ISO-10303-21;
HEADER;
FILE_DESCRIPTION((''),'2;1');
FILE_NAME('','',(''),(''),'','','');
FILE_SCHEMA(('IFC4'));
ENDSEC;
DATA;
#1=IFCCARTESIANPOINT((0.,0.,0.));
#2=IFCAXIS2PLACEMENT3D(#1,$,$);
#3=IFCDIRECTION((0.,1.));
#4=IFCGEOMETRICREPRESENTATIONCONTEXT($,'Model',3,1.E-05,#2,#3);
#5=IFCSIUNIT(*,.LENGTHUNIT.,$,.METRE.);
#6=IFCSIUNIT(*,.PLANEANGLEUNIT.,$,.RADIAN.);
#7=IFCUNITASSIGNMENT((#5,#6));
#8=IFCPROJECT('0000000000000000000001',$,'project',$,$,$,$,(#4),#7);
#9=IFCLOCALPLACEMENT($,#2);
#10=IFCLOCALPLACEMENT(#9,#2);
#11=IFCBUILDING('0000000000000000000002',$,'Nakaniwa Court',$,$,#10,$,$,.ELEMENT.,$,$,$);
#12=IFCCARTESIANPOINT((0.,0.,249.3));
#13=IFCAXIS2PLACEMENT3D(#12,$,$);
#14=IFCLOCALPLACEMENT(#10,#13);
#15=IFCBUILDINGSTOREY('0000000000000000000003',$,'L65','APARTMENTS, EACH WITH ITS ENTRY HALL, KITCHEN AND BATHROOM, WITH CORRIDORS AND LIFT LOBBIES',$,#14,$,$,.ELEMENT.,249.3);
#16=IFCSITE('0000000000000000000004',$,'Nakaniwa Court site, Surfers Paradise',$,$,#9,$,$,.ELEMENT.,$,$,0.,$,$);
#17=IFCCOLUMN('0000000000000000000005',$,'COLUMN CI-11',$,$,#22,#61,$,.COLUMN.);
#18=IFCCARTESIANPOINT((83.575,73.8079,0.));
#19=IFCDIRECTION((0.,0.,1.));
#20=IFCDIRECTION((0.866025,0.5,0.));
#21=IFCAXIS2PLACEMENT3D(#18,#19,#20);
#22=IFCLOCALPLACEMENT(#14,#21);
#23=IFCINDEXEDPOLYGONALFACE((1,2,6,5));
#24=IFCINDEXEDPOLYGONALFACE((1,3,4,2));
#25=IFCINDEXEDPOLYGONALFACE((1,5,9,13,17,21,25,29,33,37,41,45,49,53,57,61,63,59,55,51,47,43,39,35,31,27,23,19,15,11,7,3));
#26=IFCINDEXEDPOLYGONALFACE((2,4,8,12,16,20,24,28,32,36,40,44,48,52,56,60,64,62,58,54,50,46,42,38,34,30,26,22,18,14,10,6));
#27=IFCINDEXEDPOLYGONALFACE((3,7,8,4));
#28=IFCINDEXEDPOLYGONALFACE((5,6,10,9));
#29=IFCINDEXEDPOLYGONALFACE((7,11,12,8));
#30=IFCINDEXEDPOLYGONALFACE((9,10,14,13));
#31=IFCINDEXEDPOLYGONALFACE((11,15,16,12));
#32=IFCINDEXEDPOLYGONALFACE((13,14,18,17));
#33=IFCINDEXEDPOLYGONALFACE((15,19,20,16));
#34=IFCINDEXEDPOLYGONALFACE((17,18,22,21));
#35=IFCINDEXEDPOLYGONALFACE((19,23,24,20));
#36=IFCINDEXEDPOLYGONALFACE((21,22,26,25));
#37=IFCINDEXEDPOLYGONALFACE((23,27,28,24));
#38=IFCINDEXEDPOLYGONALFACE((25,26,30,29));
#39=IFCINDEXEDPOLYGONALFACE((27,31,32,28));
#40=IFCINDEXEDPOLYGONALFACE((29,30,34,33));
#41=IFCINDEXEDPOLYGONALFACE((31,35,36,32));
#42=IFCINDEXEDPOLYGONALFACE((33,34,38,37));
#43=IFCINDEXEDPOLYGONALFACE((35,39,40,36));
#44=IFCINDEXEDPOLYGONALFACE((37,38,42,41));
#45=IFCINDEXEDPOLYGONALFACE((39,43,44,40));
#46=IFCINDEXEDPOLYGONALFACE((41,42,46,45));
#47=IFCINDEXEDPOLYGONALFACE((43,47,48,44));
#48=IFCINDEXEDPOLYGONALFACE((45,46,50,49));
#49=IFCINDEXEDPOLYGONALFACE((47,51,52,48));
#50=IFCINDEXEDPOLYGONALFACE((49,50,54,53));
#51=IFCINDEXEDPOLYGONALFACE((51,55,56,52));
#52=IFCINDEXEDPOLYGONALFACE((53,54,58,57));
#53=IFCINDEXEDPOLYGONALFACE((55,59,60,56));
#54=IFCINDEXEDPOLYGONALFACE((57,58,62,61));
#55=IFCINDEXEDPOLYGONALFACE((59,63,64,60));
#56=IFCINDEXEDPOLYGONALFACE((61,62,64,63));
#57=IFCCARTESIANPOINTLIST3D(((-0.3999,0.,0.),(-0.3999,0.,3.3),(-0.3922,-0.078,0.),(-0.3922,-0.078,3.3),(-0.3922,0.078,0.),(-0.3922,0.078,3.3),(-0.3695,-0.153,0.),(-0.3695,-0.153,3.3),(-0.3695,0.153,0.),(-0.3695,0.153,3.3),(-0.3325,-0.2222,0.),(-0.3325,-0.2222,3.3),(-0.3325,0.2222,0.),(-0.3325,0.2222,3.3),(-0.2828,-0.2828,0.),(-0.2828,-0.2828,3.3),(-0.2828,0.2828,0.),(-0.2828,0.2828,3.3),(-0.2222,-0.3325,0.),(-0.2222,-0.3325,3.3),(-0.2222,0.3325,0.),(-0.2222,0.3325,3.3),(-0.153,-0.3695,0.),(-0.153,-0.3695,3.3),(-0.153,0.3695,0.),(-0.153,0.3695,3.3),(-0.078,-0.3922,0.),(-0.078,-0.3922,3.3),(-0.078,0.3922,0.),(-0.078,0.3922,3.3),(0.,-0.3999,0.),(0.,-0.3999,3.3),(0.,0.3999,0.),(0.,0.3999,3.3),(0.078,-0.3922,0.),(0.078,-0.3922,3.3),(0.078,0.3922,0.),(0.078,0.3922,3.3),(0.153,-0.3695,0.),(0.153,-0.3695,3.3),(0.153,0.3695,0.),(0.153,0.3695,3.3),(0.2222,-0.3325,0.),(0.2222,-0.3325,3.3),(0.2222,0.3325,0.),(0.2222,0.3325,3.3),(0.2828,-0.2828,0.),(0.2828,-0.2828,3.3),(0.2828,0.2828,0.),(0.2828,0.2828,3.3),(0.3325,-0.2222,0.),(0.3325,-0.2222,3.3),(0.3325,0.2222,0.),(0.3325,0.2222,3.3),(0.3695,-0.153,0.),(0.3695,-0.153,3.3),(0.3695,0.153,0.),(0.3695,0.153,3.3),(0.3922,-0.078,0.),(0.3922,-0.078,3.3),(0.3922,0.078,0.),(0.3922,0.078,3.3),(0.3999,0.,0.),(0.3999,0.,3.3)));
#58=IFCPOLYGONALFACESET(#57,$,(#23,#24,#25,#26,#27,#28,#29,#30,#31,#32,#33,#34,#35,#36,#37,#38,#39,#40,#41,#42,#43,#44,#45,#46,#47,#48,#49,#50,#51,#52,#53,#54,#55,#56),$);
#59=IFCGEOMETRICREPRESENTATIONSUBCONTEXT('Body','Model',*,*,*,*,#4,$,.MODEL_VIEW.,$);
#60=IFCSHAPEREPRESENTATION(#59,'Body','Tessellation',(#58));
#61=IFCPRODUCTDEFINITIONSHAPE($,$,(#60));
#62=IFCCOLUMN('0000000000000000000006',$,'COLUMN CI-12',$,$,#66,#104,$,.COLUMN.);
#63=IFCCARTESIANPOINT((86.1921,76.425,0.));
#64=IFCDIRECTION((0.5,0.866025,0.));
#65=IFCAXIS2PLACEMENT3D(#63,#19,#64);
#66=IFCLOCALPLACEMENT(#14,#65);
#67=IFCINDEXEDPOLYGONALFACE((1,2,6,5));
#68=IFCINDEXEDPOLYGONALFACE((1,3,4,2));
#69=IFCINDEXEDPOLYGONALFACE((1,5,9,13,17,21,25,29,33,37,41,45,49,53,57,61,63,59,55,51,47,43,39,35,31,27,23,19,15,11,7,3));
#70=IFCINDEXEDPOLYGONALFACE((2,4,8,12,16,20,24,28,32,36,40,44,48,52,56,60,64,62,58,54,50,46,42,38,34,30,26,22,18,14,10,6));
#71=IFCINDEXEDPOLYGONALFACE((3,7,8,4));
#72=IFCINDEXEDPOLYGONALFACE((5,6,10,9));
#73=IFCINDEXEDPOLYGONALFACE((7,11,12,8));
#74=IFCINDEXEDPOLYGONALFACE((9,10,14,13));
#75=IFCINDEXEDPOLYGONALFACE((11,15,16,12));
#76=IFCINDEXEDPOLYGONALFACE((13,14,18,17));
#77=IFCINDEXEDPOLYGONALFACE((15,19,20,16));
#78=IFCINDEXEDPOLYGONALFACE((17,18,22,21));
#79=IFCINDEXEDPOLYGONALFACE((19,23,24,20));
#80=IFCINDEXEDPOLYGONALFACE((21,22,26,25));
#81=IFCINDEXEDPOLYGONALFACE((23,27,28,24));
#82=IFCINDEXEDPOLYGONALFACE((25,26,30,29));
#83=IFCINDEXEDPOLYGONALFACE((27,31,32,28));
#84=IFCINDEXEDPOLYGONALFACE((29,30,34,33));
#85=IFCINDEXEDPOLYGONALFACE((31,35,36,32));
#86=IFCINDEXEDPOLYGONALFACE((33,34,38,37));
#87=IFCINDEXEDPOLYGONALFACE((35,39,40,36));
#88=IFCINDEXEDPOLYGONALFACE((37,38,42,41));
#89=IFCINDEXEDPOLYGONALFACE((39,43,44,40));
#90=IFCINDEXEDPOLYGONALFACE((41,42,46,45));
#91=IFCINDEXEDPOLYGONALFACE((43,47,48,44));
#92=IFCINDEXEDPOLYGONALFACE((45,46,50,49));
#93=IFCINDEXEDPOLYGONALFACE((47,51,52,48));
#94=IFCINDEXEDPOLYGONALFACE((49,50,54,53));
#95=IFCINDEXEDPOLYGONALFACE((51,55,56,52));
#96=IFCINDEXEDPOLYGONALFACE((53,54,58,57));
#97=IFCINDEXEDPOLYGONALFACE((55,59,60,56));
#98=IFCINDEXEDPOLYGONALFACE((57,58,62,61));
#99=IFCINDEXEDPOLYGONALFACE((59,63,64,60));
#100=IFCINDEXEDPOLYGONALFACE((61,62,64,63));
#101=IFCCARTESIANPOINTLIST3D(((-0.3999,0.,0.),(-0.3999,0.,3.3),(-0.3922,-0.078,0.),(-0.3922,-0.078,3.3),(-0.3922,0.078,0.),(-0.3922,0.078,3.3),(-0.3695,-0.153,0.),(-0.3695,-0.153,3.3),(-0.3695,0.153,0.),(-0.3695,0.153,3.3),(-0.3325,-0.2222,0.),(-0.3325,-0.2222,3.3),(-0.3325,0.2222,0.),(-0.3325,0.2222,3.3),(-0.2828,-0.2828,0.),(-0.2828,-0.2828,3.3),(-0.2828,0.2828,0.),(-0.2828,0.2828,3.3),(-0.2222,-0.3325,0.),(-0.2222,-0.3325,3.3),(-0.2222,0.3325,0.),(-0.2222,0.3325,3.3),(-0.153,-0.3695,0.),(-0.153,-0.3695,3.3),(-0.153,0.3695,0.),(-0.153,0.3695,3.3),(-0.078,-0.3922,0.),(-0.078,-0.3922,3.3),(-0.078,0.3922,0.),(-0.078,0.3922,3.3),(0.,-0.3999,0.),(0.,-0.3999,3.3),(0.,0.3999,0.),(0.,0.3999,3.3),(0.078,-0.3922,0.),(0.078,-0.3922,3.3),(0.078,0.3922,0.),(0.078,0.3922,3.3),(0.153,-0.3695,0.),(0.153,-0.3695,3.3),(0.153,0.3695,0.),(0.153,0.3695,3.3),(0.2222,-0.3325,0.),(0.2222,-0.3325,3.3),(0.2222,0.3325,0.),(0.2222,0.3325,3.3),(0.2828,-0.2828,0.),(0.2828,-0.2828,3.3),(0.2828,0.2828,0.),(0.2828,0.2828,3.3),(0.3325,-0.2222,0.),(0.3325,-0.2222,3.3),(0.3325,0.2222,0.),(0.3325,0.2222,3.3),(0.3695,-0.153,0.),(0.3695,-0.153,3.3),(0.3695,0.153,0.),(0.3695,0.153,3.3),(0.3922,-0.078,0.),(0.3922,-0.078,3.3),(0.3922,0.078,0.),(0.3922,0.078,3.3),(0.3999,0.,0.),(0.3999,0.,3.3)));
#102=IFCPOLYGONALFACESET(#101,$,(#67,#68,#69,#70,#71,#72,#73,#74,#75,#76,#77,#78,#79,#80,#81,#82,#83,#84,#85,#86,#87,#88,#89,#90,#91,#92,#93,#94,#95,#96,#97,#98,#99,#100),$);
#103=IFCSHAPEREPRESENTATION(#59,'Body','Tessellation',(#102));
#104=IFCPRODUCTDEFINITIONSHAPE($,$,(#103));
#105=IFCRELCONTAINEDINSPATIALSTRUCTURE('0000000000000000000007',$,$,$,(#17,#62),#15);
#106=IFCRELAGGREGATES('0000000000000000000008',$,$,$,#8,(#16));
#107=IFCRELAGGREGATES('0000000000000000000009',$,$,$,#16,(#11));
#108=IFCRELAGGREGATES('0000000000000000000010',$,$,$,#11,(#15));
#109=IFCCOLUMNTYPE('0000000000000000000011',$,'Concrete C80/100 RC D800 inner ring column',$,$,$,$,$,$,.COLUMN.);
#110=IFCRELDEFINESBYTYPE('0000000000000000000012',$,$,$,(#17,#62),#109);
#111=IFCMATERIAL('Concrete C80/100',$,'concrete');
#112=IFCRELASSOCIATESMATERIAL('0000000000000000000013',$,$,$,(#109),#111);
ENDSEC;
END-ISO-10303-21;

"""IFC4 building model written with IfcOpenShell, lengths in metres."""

from ifc_helpers import new_model, si_unit, direction, frame, origin, origin_2d, place, context, subcontext, project, spatial, circle, extrude, material, material_profile, profile_set, type_object, element, save


model = new_model("IFC4")

# Units and contexts
model_context = context("Model", 3, precision=1e-05, world=origin(), true_north=direction((0.0, 1.0)))
body_context = subcontext(model_context, "Body", "Model", "MODEL_VIEW")
ifc_project = project(units=[si_unit("LENGTHUNIT", "METRE"), si_unit("PLANEANGLEUNIT", "RADIAN")], contexts=[model_context])

# Site, building, storey
site_placement = place(None, origin())
site = spatial("IfcSite", under=ifc_project, at=site_placement, Name="Nakaniwa Court site, Surfers Paradise", CompositionType="ELEMENT", RefElevation=0.0)
building_placement = place(site_placement, origin())
building = spatial("IfcBuilding", under=site, at=building_placement, Name="Nakaniwa Court", CompositionType="ELEMENT")
storey_placement = place(building_placement, frame((0.0, 0.0, 249.3)))
storey = spatial("IfcBuildingStorey", under=building, at=storey_placement, Name="L65", Description="APARTMENTS, EACH WITH ITS ENTRY HALL, KITCHEN AND BATHROOM, WITH CORRIDORS AND LIFT LOBBIES", CompositionType="ELEMENT", Elevation=249.3)

# Columns
ifc_material_1 = material(Name="Concrete C80/100", Category="concrete")
ifc_material_profile_1 = material_profile(ifc_material_1, circle(Radius=0.3999, at=origin_2d()), Name="Concrete C80/100 RC D800 inner ring column")
ifc_profile_set_1 = profile_set([ifc_material_profile_1], Name="Concrete C80/100")
column_type = type_object("IfcColumnType", Name="Concrete C80/100 RC D800 inner ring column", PredefinedType="COLUMN", material=ifc_profile_set_1)
for number, where, z_axis, x_axis, name in (
    (1, (83.575, 73.8079, 0.0), (0.0, 0.0, 1.0), (0.866025, 0.5, 0.0), "COLUMN CI-11"),
    (2, (86.1921, 76.425, 0.0), (0.0, 0.0, 1.0), (0.5, 0.866025, 0.0), "COLUMN CI-12"),
):
    element("IfcColumn", number, at=place(storey_placement, frame(where, z_axis=z_axis, x_axis=x_axis)), inside=storey, type_object=column_type, Name=name, PredefinedType="COLUMN", context=body_context, shape_type="SweptSolid", body=[
        extrude(circle(Radius=0.3999, at=origin_2d()), origin(), (0.0, 0.0, 1.0), 3.3),
    ])

save(model, "model.ifc")
